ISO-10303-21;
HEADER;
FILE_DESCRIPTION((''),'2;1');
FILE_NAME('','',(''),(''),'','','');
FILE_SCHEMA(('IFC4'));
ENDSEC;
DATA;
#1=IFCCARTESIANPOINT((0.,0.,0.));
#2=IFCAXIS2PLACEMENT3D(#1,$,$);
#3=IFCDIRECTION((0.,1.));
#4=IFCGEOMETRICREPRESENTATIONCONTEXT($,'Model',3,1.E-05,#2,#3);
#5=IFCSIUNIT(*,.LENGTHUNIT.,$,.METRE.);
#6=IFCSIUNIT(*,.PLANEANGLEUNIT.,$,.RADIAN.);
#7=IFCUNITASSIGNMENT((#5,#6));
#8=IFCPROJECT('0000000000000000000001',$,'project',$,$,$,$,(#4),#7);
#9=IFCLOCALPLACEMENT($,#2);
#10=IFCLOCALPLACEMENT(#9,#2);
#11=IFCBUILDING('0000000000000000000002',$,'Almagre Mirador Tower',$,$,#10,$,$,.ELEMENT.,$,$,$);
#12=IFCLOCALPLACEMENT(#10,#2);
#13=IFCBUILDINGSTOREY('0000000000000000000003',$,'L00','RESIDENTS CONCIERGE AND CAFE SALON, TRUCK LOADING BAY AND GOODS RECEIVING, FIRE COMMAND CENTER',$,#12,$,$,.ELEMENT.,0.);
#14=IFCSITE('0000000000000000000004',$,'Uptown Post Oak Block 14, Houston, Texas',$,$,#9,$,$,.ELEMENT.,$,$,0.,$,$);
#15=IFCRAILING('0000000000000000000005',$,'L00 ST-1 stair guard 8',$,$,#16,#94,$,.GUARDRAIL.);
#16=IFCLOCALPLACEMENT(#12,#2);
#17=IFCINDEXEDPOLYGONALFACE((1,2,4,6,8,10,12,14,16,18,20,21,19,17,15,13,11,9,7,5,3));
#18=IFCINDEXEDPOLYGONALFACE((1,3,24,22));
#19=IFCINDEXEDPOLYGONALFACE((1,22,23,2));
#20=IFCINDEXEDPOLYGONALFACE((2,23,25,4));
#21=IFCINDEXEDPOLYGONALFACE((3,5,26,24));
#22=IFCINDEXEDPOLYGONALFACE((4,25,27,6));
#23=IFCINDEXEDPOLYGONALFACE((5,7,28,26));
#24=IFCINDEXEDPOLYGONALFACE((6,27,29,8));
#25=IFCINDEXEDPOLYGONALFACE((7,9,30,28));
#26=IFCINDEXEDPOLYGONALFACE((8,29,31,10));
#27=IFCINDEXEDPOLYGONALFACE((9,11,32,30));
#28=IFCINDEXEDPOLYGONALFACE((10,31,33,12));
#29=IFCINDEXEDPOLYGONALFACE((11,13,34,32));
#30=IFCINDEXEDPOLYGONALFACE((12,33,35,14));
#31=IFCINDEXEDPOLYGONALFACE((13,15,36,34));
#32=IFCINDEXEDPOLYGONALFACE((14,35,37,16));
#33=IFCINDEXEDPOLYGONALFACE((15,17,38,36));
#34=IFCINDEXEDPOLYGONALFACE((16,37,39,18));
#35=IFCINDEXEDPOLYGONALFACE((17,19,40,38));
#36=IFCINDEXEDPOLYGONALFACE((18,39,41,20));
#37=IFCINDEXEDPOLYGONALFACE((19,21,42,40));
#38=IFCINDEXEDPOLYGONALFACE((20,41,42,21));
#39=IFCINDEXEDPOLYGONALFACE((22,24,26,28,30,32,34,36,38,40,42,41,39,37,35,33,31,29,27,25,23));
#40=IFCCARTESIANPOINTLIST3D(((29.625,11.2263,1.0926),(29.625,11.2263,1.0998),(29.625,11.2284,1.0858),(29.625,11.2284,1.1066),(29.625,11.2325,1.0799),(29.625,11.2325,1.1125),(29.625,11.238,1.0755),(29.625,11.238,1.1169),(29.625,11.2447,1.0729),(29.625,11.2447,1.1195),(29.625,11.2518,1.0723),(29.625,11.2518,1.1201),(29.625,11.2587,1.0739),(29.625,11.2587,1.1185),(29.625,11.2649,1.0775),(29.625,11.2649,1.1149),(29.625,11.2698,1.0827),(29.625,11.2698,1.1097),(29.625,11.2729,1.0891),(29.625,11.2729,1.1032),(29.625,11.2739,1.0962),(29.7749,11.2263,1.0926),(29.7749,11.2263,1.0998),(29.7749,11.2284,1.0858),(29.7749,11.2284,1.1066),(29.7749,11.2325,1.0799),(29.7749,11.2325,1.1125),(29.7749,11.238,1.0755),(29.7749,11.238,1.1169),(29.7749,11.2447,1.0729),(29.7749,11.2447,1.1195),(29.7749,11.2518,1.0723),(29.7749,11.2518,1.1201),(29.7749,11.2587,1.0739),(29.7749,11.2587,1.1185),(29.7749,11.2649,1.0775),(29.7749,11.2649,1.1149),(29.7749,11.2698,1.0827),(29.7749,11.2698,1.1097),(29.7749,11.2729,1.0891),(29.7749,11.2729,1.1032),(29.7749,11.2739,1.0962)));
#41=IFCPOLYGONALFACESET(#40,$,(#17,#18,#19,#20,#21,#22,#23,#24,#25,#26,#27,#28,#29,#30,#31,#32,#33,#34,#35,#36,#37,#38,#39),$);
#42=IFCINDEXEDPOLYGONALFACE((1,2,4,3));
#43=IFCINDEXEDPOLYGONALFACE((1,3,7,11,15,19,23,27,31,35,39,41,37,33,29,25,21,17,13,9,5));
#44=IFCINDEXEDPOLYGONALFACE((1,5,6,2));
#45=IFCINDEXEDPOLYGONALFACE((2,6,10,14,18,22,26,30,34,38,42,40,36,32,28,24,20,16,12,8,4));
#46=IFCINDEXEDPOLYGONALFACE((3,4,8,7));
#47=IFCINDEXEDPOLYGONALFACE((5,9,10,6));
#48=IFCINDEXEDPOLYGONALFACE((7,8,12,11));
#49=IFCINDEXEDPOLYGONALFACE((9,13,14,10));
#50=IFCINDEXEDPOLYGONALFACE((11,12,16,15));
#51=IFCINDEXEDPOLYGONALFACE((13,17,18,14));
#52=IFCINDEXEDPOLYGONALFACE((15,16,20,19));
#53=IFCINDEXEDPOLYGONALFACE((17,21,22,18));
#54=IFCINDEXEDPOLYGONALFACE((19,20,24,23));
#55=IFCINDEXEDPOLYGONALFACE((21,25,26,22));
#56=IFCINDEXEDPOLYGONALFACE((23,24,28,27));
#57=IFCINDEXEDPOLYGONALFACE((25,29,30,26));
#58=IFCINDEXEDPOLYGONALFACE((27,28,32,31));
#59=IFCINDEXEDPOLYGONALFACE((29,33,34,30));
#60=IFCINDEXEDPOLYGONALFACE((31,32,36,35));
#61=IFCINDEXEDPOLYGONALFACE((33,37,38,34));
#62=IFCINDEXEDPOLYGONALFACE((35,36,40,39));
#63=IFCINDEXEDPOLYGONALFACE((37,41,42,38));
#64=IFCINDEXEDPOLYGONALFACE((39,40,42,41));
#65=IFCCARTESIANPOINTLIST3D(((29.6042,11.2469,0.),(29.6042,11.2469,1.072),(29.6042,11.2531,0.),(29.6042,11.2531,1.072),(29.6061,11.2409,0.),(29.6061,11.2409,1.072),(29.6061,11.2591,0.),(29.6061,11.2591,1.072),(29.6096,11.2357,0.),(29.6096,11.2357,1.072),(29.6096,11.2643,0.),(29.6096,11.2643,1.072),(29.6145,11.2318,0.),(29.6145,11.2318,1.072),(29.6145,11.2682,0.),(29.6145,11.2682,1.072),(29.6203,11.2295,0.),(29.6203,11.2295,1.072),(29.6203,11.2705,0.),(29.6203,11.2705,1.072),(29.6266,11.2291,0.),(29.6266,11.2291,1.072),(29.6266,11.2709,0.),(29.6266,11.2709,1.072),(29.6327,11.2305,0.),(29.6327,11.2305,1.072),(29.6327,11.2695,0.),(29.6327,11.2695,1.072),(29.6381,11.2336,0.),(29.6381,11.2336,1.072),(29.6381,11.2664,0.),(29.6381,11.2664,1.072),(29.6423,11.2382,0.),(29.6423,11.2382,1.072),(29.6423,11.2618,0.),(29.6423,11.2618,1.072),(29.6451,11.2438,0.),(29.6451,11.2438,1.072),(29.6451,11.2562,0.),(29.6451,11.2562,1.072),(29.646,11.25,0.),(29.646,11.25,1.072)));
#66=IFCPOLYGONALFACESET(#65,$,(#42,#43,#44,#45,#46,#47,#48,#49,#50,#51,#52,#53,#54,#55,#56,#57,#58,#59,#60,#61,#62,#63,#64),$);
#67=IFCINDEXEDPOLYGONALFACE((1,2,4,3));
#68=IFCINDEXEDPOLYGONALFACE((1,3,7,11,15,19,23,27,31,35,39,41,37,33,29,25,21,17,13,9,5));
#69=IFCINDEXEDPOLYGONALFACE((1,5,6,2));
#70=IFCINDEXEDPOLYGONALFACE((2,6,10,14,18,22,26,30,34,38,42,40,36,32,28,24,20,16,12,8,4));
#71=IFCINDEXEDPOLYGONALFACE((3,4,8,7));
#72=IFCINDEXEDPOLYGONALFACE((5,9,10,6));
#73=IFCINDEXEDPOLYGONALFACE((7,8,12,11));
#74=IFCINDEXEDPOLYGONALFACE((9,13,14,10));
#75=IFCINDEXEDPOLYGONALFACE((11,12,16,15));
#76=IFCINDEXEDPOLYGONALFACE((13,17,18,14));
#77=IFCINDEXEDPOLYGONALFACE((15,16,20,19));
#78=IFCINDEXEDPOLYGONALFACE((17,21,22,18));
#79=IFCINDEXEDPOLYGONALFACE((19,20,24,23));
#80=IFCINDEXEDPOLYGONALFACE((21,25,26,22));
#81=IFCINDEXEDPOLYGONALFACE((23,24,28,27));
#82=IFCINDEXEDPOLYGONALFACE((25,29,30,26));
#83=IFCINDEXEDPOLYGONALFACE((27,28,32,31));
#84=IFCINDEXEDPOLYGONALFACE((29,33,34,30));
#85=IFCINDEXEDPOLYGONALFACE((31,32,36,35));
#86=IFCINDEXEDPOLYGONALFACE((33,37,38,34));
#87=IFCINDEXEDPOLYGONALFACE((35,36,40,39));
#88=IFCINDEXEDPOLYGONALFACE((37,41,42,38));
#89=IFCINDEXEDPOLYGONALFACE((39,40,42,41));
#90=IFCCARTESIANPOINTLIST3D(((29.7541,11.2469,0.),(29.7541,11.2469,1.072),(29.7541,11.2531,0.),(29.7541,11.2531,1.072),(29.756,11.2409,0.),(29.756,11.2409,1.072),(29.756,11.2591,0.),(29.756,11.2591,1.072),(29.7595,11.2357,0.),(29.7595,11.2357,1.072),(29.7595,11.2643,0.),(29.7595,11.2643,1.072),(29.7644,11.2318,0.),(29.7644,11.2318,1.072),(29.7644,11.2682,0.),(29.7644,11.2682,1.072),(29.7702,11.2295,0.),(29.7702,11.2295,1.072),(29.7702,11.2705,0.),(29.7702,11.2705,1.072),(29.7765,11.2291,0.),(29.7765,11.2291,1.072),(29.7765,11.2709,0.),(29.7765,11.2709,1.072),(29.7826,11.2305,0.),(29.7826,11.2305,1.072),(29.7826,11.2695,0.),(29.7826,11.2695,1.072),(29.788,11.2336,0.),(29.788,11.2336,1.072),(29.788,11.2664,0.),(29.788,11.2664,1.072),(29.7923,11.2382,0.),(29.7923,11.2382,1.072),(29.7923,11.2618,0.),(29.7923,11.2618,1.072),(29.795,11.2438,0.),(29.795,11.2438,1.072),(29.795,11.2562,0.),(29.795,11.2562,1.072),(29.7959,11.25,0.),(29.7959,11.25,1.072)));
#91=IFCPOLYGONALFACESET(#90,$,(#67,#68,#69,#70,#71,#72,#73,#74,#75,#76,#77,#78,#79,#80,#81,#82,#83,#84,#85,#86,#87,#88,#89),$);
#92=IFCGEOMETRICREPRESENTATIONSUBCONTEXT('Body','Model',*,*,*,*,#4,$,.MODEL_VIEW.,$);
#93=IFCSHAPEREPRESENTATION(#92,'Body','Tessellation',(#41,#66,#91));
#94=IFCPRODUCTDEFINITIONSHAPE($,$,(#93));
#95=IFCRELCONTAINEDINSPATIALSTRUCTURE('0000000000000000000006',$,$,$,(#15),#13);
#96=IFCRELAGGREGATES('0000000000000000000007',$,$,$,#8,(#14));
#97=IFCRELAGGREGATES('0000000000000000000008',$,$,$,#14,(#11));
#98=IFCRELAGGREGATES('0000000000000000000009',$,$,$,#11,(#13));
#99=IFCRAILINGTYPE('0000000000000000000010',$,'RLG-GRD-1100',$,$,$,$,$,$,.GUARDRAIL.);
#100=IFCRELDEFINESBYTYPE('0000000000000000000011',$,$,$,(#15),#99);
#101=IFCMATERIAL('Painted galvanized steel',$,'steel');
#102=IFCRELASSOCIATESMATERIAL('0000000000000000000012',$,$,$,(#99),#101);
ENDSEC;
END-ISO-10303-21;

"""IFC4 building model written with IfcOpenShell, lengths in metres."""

from ifc_helpers import new_model, si_unit, direction, frame, origin, origin_2d, place, context, subcontext, project, spatial, circle, extrude, material, type_object, element, save


model = new_model("IFC4")

# Units and contexts
model_context = context("Model", 3, precision=1e-05, world=origin(), true_north=direction((0.0, 1.0)))
body_context = subcontext(model_context, "Body", "Model", "MODEL_VIEW")
ifc_project = project(units=[si_unit("LENGTHUNIT", "METRE"), si_unit("PLANEANGLEUNIT", "RADIAN")], contexts=[model_context])

# Site, building, storey
site_placement = place(None, origin())
site = spatial("IfcSite", under=ifc_project, at=site_placement, Name="Uptown Post Oak Block 14, Houston, Texas", CompositionType="ELEMENT", RefElevation=0.0)
building_placement = place(site_placement, origin())
building = spatial("IfcBuilding", under=site, at=building_placement, Name="Almagre Mirador Tower", CompositionType="ELEMENT")
storey_placement = place(building_placement, origin())
storey = spatial("IfcBuildingStorey", under=building, at=storey_placement, Name="L00", Description="RESIDENTS CONCIERGE AND CAFE SALON, TRUCK LOADING BAY AND GOODS RECEIVING, FIRE COMMAND CENTER", CompositionType="ELEMENT", Elevation=0.0)

# Railing
ifc_material_1 = material(Name="Painted galvanized steel", Category="steel")
railing_type_1 = type_object("IfcRailingType", Name="RLG-GRD-1100", PredefinedType="GUARDRAIL", material=ifc_material_1)
railing_1_placement = place(storey_placement, frame((29.625, 11.25, 0.0)))
element("IfcRailing", 1, at=railing_1_placement, inside=storey, type_object=railing_type_1, Name="L00 ST-1 stair guard 8", PredefinedType="GUARDRAIL", context=body_context, shape_type="SweptSolid", body=[
    extrude(circle(Radius=0.0239, at=origin_2d()), frame((0.0, 0.0, 1.0962), z_axis=(1.0, 0.0, 0.0), x_axis=(0.0, 1.0, 0.0)), (0.0, 0.0, 1.0), 0.1499),
    extrude(circle(Radius=0.021, at=origin_2d()), origin(), (0.0, 0.0, 1.0), 1.072),
    extrude(circle(Radius=0.021, at=origin_2d()), frame((0.1499, 0.0, 0.0)), (0.0, 0.0, 1.0), 1.072),
])

save(model, "model.ifc")
